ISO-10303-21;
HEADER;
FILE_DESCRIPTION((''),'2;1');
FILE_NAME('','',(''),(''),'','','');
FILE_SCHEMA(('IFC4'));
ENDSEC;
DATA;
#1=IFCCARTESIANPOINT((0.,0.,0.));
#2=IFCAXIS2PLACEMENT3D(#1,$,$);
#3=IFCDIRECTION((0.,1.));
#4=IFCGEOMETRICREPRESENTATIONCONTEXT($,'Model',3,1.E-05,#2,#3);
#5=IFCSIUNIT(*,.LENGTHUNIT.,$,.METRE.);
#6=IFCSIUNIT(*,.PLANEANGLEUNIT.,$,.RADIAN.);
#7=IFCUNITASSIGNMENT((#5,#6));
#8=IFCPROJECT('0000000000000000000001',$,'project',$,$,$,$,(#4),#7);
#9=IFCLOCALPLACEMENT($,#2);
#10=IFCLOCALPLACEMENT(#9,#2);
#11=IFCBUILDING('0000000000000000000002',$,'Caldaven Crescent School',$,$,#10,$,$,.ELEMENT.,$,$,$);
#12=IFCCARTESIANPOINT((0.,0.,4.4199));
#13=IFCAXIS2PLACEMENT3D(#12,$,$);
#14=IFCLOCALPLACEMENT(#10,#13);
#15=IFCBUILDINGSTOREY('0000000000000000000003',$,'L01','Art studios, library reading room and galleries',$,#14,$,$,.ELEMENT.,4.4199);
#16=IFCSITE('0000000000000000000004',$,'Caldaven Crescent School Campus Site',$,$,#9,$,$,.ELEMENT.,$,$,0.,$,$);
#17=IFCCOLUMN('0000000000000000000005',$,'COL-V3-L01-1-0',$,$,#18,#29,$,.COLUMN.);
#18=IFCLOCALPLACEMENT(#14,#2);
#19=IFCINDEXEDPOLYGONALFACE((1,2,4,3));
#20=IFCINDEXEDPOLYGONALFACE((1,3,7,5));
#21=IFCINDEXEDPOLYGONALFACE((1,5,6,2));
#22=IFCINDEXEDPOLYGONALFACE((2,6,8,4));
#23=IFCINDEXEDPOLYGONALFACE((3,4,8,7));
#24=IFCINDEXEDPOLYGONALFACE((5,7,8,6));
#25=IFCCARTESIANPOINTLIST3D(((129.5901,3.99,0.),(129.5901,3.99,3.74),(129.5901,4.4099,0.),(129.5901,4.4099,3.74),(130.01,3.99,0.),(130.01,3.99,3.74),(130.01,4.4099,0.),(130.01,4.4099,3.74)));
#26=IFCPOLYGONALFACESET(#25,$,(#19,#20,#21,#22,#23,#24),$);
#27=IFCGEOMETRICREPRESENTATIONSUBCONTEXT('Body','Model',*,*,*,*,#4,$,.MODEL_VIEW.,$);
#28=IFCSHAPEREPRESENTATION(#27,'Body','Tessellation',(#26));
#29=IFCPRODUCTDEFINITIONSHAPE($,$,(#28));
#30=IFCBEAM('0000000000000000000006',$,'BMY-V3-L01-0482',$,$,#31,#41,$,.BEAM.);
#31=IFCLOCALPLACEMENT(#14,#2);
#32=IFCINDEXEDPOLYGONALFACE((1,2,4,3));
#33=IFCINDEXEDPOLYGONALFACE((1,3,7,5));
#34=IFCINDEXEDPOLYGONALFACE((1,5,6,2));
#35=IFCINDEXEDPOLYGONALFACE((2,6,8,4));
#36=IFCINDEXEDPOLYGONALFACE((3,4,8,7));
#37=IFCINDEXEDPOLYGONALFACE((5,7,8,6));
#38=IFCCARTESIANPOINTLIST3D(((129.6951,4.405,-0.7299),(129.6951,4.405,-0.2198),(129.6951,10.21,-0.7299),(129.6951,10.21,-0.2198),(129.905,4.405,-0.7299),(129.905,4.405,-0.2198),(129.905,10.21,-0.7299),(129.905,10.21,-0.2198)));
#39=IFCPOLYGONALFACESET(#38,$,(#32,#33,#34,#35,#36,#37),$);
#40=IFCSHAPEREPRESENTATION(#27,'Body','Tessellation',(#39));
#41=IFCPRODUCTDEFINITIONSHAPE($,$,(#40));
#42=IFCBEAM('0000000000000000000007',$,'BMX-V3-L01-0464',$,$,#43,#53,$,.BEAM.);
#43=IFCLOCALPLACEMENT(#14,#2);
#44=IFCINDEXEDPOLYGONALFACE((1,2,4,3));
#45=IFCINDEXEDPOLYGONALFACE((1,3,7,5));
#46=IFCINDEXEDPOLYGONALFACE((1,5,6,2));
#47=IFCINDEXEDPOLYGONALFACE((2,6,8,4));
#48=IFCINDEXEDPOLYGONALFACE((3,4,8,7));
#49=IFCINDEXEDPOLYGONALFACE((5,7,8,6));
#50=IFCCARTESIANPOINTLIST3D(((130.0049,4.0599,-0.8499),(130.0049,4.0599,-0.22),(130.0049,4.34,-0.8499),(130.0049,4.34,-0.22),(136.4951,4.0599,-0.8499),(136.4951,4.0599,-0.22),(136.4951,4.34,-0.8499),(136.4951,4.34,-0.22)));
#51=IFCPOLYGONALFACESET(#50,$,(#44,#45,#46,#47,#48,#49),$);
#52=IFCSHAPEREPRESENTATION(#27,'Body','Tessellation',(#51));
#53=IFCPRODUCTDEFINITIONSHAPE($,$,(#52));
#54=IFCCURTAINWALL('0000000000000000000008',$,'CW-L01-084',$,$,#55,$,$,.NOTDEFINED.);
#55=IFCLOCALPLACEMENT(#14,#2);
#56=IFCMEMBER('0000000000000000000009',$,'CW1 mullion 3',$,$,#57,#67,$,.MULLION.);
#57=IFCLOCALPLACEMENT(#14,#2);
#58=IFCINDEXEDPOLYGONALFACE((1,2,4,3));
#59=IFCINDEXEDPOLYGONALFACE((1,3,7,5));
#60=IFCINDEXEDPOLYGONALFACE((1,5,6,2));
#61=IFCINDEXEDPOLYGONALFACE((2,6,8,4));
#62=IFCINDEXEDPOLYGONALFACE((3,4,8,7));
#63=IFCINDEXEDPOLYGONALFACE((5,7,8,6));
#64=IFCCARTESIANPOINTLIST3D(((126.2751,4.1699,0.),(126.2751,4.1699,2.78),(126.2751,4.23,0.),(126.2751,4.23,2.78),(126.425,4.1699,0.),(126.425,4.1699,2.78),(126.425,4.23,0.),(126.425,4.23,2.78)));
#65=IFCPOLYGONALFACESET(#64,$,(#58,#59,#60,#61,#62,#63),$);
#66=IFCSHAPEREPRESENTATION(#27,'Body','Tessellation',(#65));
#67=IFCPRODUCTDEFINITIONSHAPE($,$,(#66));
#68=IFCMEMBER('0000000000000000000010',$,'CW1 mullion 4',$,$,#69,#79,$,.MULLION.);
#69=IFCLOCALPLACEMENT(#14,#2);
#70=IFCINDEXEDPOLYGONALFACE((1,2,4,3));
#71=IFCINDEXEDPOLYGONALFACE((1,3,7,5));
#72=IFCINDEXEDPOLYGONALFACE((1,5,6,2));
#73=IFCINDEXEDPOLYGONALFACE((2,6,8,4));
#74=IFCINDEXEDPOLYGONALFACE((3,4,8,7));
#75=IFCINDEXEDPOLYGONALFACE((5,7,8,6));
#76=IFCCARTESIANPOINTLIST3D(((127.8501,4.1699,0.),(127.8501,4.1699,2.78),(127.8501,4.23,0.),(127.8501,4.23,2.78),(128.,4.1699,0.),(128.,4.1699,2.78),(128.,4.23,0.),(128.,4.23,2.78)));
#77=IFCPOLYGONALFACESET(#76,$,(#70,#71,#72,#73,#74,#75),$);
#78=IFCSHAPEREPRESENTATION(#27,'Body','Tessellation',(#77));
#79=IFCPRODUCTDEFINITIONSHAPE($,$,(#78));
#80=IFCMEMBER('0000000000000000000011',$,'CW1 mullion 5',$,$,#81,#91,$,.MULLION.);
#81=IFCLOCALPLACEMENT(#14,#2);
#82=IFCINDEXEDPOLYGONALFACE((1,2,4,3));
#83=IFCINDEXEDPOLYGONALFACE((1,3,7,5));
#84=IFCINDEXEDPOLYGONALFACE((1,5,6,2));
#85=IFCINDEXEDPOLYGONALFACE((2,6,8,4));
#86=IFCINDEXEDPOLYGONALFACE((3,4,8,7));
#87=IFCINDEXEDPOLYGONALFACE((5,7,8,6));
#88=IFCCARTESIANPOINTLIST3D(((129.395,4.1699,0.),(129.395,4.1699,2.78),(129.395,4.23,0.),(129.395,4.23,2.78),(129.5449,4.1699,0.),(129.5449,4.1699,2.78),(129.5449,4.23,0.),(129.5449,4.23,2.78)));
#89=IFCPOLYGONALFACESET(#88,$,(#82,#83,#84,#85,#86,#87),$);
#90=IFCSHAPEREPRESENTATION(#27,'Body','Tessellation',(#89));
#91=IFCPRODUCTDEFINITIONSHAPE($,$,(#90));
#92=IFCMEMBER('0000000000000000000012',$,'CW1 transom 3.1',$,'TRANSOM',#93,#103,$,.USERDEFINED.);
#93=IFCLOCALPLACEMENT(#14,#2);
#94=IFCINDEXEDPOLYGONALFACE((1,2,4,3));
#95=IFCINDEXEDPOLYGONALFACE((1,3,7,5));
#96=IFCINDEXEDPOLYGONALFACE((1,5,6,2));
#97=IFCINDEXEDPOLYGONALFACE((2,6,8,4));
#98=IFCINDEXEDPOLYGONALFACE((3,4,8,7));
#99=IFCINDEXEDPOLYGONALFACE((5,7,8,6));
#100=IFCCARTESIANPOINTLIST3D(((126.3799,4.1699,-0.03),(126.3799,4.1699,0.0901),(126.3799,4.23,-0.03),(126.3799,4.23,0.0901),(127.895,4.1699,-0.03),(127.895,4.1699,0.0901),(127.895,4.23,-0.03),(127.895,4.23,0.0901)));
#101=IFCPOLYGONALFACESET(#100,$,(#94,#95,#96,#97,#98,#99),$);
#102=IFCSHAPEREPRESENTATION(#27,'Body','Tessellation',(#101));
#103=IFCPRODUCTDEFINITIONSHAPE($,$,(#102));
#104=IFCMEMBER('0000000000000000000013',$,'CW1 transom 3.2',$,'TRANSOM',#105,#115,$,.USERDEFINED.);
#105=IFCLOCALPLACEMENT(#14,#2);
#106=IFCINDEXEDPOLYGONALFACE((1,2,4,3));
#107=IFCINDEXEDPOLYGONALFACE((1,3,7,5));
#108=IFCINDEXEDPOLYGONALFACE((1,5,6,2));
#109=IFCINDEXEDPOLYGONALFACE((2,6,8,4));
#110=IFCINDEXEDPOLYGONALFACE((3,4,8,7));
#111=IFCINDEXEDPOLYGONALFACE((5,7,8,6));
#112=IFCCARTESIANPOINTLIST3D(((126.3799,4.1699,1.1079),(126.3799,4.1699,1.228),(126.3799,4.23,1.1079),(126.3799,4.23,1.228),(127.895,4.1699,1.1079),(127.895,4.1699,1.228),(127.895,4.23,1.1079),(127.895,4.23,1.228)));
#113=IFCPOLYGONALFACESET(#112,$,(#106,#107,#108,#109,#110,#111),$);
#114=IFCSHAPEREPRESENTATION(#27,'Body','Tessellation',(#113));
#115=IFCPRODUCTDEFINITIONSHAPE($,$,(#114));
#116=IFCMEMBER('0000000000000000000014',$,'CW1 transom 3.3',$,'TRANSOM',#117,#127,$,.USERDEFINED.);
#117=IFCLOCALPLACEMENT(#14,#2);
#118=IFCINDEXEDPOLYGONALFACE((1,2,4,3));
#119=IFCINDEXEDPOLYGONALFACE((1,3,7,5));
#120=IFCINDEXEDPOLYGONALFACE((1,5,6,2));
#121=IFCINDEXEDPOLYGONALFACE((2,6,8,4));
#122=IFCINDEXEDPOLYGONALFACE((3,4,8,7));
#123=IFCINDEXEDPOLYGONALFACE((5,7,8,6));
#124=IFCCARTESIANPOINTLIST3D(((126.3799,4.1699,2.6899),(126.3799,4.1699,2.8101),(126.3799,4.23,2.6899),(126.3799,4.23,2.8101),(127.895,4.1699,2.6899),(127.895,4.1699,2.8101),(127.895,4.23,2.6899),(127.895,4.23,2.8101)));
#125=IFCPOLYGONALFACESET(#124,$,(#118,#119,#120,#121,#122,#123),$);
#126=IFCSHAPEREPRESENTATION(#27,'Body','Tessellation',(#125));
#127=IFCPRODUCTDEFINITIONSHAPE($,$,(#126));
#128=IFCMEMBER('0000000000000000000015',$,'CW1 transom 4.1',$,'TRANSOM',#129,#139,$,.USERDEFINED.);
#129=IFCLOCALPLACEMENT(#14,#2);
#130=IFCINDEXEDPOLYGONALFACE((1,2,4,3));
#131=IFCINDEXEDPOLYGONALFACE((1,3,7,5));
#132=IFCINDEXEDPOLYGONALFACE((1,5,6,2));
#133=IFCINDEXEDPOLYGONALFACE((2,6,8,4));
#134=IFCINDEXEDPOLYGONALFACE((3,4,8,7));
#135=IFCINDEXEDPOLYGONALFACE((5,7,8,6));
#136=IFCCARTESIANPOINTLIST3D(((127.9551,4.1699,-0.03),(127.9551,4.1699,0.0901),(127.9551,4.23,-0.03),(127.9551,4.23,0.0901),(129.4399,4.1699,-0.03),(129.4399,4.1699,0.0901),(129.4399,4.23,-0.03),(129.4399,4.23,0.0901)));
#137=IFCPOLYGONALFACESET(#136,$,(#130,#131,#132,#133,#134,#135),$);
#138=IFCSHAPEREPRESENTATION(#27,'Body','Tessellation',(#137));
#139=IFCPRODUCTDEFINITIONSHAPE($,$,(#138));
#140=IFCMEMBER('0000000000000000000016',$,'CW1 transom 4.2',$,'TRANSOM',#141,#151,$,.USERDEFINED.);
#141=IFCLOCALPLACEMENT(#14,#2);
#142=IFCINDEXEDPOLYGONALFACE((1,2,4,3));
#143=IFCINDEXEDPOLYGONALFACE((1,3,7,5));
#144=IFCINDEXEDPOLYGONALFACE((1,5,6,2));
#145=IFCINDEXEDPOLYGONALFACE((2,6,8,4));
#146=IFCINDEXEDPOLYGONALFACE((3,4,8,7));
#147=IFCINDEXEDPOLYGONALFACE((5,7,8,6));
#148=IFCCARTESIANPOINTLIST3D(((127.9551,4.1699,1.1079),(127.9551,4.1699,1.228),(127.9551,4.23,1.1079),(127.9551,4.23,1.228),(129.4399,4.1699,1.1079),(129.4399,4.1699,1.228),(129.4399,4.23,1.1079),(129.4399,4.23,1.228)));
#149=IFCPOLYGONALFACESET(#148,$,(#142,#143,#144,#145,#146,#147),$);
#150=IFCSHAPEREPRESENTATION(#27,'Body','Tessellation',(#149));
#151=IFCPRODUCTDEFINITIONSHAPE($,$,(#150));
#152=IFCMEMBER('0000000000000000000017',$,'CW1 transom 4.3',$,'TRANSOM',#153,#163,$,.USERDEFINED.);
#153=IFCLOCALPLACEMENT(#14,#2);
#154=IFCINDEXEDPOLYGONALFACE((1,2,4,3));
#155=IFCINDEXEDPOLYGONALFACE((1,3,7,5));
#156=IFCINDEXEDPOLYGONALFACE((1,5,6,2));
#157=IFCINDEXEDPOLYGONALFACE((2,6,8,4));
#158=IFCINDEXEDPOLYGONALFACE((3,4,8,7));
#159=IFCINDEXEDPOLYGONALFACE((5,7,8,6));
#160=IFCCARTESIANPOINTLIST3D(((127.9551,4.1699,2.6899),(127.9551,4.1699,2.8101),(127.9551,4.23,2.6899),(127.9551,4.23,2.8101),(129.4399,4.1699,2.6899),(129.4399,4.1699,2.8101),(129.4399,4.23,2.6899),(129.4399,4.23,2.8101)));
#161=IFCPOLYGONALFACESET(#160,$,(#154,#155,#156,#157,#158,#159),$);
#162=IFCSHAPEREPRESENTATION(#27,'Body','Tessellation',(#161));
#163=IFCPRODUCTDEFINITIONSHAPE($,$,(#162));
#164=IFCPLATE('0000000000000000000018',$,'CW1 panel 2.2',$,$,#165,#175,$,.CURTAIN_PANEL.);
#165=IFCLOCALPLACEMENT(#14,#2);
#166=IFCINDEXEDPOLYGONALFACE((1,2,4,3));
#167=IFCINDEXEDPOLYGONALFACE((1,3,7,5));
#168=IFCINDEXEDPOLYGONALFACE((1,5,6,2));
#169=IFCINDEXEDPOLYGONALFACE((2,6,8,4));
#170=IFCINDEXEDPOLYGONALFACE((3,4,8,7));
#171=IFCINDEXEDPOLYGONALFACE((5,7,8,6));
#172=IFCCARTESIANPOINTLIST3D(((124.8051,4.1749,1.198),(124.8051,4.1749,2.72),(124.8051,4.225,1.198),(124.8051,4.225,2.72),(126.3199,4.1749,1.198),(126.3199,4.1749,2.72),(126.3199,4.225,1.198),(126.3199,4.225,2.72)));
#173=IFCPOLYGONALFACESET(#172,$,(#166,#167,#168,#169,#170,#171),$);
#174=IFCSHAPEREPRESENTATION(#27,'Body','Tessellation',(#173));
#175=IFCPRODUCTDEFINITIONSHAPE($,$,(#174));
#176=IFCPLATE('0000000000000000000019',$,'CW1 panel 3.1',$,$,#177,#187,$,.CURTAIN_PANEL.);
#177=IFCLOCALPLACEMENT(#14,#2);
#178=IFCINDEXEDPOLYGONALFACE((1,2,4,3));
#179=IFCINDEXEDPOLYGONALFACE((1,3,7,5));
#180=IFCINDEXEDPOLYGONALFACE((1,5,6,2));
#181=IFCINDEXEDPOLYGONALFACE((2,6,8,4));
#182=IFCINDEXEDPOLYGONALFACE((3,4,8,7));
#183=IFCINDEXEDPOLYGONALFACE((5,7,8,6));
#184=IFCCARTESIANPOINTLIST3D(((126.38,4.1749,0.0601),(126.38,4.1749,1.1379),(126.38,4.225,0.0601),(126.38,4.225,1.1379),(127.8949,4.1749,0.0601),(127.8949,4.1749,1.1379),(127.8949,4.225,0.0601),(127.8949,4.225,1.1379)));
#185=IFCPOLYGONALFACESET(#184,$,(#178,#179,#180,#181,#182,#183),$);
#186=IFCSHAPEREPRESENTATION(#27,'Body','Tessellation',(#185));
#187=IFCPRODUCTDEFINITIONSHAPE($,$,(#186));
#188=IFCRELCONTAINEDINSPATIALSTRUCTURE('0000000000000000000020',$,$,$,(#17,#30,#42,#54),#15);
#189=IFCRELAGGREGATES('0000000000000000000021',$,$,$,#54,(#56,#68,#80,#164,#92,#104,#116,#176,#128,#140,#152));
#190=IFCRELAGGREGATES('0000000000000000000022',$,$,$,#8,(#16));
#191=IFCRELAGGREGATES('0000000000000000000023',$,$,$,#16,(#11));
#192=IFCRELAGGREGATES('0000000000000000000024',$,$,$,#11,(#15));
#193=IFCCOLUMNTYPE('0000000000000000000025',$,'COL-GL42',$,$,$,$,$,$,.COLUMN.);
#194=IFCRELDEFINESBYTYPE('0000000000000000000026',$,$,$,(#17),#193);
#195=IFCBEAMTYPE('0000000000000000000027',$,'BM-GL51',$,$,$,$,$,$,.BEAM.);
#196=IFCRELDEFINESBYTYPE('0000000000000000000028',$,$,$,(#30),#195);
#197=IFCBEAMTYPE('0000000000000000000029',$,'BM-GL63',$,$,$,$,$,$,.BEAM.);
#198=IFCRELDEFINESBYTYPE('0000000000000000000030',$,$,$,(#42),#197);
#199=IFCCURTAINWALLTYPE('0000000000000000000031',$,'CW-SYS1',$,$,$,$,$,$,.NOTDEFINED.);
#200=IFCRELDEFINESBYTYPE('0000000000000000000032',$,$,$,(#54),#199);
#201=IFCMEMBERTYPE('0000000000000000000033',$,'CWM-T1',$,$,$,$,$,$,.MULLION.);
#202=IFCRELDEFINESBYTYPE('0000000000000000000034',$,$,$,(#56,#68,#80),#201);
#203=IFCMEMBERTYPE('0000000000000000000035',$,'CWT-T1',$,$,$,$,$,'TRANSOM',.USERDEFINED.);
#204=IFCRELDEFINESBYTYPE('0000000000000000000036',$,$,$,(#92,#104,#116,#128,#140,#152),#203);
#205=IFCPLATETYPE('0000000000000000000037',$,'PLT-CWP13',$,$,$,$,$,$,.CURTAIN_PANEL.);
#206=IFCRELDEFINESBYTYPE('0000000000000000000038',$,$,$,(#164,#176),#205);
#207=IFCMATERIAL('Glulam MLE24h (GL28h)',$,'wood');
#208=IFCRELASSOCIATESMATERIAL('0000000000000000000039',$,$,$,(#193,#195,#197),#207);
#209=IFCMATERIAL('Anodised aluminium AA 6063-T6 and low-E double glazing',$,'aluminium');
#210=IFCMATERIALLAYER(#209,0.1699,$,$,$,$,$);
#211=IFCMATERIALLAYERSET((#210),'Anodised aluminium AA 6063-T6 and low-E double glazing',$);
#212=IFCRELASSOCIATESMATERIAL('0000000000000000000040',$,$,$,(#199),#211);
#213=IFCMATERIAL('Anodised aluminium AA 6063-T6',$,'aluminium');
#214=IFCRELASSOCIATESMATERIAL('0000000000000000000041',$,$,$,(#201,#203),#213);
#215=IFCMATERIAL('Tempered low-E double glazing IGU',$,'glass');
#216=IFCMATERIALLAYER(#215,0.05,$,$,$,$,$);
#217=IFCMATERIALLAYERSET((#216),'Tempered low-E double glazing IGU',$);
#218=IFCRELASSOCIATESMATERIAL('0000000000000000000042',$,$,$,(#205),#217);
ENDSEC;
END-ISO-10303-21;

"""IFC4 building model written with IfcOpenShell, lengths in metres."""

from ifc_helpers import new_model, si_unit, direction, frame, origin, origin_2d, place, context, subcontext, project, spatial, rectangle, extrude, material, layer, layer_set, material_profile, profile_set, type_object, element, aggregate, save


model = new_model("IFC4")

# Units and contexts
model_context = context("Model", 3, precision=1e-05, world=origin(), true_north=direction((0.0, 1.0)))
body_context = subcontext(model_context, "Body", "Model", "MODEL_VIEW")
ifc_project = project(units=[si_unit("LENGTHUNIT", "METRE"), si_unit("PLANEANGLEUNIT", "RADIAN")], contexts=[model_context])

# Site, building, storey
site_placement = place(None, origin())
site = spatial("IfcSite", under=ifc_project, at=site_placement, Name="Caldaven Crescent School Campus Site", CompositionType="ELEMENT", RefElevation=0.0)
building_placement = place(site_placement, origin())
building = spatial("IfcBuilding", under=site, at=building_placement, Name="Caldaven Crescent School", CompositionType="ELEMENT")
storey_placement = place(building_placement, frame((0.0, 0.0, 4.4199)))
storey = spatial("IfcBuildingStorey", under=building, at=storey_placement, Name="L01", Description="Art studios, library reading room and galleries", CompositionType="ELEMENT", Elevation=4.4199)

# Column
ifc_material_1 = material(Name="Glulam MLE24h (GL28h)", Category="wood")
ifc_material_profile_1 = material_profile(ifc_material_1, rectangle(XDim=0.4199, YDim=0.4199, at=origin_2d()), Name="MLE 420x420")
ifc_profile_set_1 = profile_set([ifc_material_profile_1], Name="Glulam MLE24h (GL28h)")
column_type = type_object("IfcColumnType", Name="COL-GL42", PredefinedType="COLUMN", material=ifc_profile_set_1)
column_placement = place(storey_placement, frame((129.8, 4.2, 0.0), z_axis=(0.0, 0.0, 1.0), x_axis=(1.0, 0.0, 0.0)))
element("IfcColumn", 1, at=column_placement, inside=storey, type_object=column_type, Name="COL-V3-L01-1-0", PredefinedType="COLUMN", context=body_context, shape_type="SweptSolid", body=[
    extrude(rectangle(XDim=0.4199, YDim=0.4199, at=origin_2d()), origin(), (0.0, 0.0, 1.0), 3.74),
])

# Beams
ifc_material_profile_2 = material_profile(ifc_material_1, rectangle(XDim=0.21, YDim=0.51, at=origin_2d()), Name="MLE 210x510")
ifc_profile_set_2 = profile_set([ifc_material_profile_2], Name="Glulam MLE24h (GL28h)")
beam_type_1 = type_object("IfcBeamType", Name="BM-GL51", PredefinedType="BEAM", material=ifc_profile_set_2)
beam_1_placement = place(storey_placement, frame((129.8, 4.405, -0.4749), z_axis=(0.0, 1.0, 0.0), x_axis=(-1.0, 0.0, 0.0)))
element("IfcBeam", 2, at=beam_1_placement, inside=storey, type_object=beam_type_1, Name="BMY-V3-L01-0482", PredefinedType="BEAM", context=body_context, shape_type="SweptSolid", body=[
    extrude(rectangle(XDim=0.21, YDim=0.51, at=origin_2d()), origin(), (0.0, 0.0, 1.0), 5.8049),
])
ifc_material_profile_3 = material_profile(ifc_material_1, rectangle(XDim=0.28, YDim=0.6299, at=origin_2d()), Name="MLE 280x630")
ifc_profile_set_3 = profile_set([ifc_material_profile_3], Name="Glulam MLE24h (GL28h)")
beam_type_2 = type_object("IfcBeamType", Name="BM-GL63", PredefinedType="BEAM", material=ifc_profile_set_3)
beam_2_placement = place(storey_placement, frame((130.0049, 4.2, -0.5349), z_axis=(1.0, 0.0, 0.0), x_axis=(0.0, 1.0, 0.0)))
element("IfcBeam", 3, at=beam_2_placement, inside=storey, type_object=beam_type_2, Name="BMX-V3-L01-0464", PredefinedType="BEAM", context=body_context, shape_type="SweptSolid", body=[
    extrude(rectangle(XDim=0.28, YDim=0.6299, at=origin_2d()), origin(), (0.0, 0.0, 1.0), 6.4902),
])

# Curtain wall, members, plates
ifc_material_2 = material(Name="Anodised aluminium AA 6063-T6 and low-E double glazing", Category="aluminium")
ifc_layer_1 = layer(ifc_material_2, 0.1699)
ifc_layer_set_1 = layer_set([ifc_layer_1], Name="Anodised aluminium AA 6063-T6 and low-E double glazing")
curtain_wall_type = type_object("IfcCurtainWallType", Name="CW-SYS1", PredefinedType="NOTDEFINED", material=ifc_layer_set_1)
curtain_wall_placement = place(storey_placement, origin())
curtain_wall = element("IfcCurtainWall", 4, at=curtain_wall_placement, inside=storey, type_object=curtain_wall_type, Name="CW-L01-084", PredefinedType="NOTDEFINED")
ifc_material_3 = material(Name="Anodised aluminium AA 6063-T6", Category="aluminium")
ifc_material_profile_4 = material_profile(ifc_material_3, rectangle(XDim=0.0601, YDim=0.1499, at=origin_2d()), Name="CWM 60x150")
ifc_profile_set_4 = profile_set([ifc_material_profile_4], Name="Anodised aluminium AA 6063-T6")
member_type_1 = type_object("IfcMemberType", Name="CWM-T1", PredefinedType="MULLION", material=ifc_profile_set_4)
member_1_placement = place(storey_placement, frame((126.3501, 4.2, 0.0), z_axis=(0.0, 0.0, 1.0), x_axis=(0.0, 1.0, 0.0)))
member_1 = element("IfcMember", 5, at=member_1_placement, type_object=member_type_1, Name="CW1 mullion 3", PredefinedType="MULLION", context=body_context, shape_type="SweptSolid", body=[
    extrude(rectangle(XDim=0.0601, YDim=0.1499, at=origin_2d()), origin(), (0.0, 0.0, 1.0), 2.78),
])
member_2_placement = place(storey_placement, frame((127.925, 4.2, 0.0), z_axis=(0.0, 0.0, 1.0), x_axis=(0.0, 1.0, 0.0)))
member_2 = element("IfcMember", 6, at=member_2_placement, type_object=member_type_1, Name="CW1 mullion 4", PredefinedType="MULLION", context=body_context, shape_type="SweptSolid", body=[
    extrude(rectangle(XDim=0.0601, YDim=0.1499, at=origin_2d()), origin(), (0.0, 0.0, 1.0), 2.78),
])
member_3_placement = place(storey_placement, frame((129.47, 4.2, 0.0), z_axis=(0.0, 0.0, 1.0), x_axis=(0.0, 1.0, 0.0)))
member_3 = element("IfcMember", 7, at=member_3_placement, type_object=member_type_1, Name="CW1 mullion 5", PredefinedType="MULLION", context=body_context, shape_type="SweptSolid", body=[
    extrude(rectangle(XDim=0.0601, YDim=0.1499, at=origin_2d()), origin(), (0.0, 0.0, 1.0), 2.78),
])
ifc_material_profile_5 = material_profile(ifc_material_3, rectangle(XDim=0.0601, YDim=0.1201, at=origin_2d()), Name="CWT 60x120")
ifc_profile_set_5 = profile_set([ifc_material_profile_5], Name="Anodised aluminium AA 6063-T6")
member_type_2 = type_object("IfcMemberType", Name="CWT-T1", ElementType="TRANSOM", PredefinedType="USERDEFINED", material=ifc_profile_set_5)
member_4_placement = place(storey_placement, frame((126.3799, 4.2, 0.03), z_axis=(1.0, 0.0, 0.0), x_axis=(0.0, 1.0, 0.0)))
member_4 = element("IfcMember", 8, at=member_4_placement, type_object=member_type_2, Name="CW1 transom 3.1", ObjectType="TRANSOM", PredefinedType="USERDEFINED", context=body_context, shape_type="SweptSolid", body=[
    extrude(rectangle(XDim=0.0601, YDim=0.1201, at=origin_2d()), origin(), (0.0, 0.0, 1.0), 1.5151),
])
member_5_placement = place(storey_placement, frame((126.3799, 4.2, 1.168), z_axis=(1.0, 0.0, 0.0), x_axis=(0.0, 1.0, 0.0)))
member_5 = element("IfcMember", 9, at=member_5_placement, type_object=member_type_2, Name="CW1 transom 3.2", ObjectType="TRANSOM", PredefinedType="USERDEFINED", context=body_context, shape_type="SweptSolid", body=[
    extrude(rectangle(XDim=0.0601, YDim=0.1201, at=origin_2d()), origin(), (0.0, 0.0, 1.0), 1.5151),
])
member_6_placement = place(storey_placement, frame((126.3799, 4.2, 2.75), z_axis=(1.0, 0.0, 0.0), x_axis=(0.0, 1.0, 0.0)))
member_6 = element("IfcMember", 10, at=member_6_placement, type_object=member_type_2, Name="CW1 transom 3.3", ObjectType="TRANSOM", PredefinedType="USERDEFINED", context=body_context, shape_type="SweptSolid", body=[
    extrude(rectangle(XDim=0.0601, YDim=0.1201, at=origin_2d()), origin(), (0.0, 0.0, 1.0), 1.5151),
])
member_7_placement = place(storey_placement, frame((127.9551, 4.2, 0.03), z_axis=(1.0, 0.0, 0.0), x_axis=(0.0, 1.0, 0.0)))
member_7 = element("IfcMember", 11, at=member_7_placement, type_object=member_type_2, Name="CW1 transom 4.1", ObjectType="TRANSOM", PredefinedType="USERDEFINED", context=body_context, shape_type="SweptSolid", body=[
    extrude(rectangle(XDim=0.0601, YDim=0.1201, at=origin_2d()), origin(), (0.0, 0.0, 1.0), 1.4849),
])
member_8_placement = place(storey_placement, frame((127.9551, 4.2, 1.168), z_axis=(1.0, 0.0, 0.0), x_axis=(0.0, 1.0, 0.0)))
member_8 = element("IfcMember", 12, at=member_8_placement, type_object=member_type_2, Name="CW1 transom 4.2", ObjectType="TRANSOM", PredefinedType="USERDEFINED", context=body_context, shape_type="SweptSolid", body=[
    extrude(rectangle(XDim=0.0601, YDim=0.1201, at=origin_2d()), origin(), (0.0, 0.0, 1.0), 1.4849),
])
member_9_placement = place(storey_placement, frame((127.9551, 4.2, 2.75), z_axis=(1.0, 0.0, 0.0), x_axis=(0.0, 1.0, 0.0)))
member_9 = element("IfcMember", 13, at=member_9_placement, type_object=member_type_2, Name="CW1 transom 4.3", ObjectType="TRANSOM", PredefinedType="USERDEFINED", context=body_context, shape_type="SweptSolid", body=[
    extrude(rectangle(XDim=0.0601, YDim=0.1201, at=origin_2d()), origin(), (0.0, 0.0, 1.0), 1.4849),
])
ifc_material_4 = material(Name="Tempered low-E double glazing IGU", Category="glass")
ifc_layer_2 = layer(ifc_material_4, 0.05)
ifc_layer_set_2 = layer_set([ifc_layer_2], Name="Tempered low-E double glazing IGU")
plate_type = type_object("IfcPlateType", Name="PLT-CWP13", PredefinedType="CURTAIN_PANEL", material=ifc_layer_set_2)
plate_1_placement = place(storey_placement, frame((125.5625, 4.2, 1.198), z_axis=(0.0, 0.0, 1.0), x_axis=(1.0, 0.0, 0.0)))
plate_1 = element("IfcPlate", 14, at=plate_1_placement, type_object=plate_type, Name="CW1 panel 2.2", PredefinedType="CURTAIN_PANEL", context=body_context, shape_type="SweptSolid", body=[
    extrude(rectangle(XDim=1.5149, YDim=0.05, at=origin_2d()), origin(), (0.0, 0.0, 1.0), 1.522),
])
plate_2_placement = place(storey_placement, frame((127.1375, 4.2, 0.0601), z_axis=(0.0, 0.0, 1.0), x_axis=(1.0, 0.0, 0.0)))
plate_2 = element("IfcPlate", 15, at=plate_2_placement, type_object=plate_type, Name="CW1 panel 3.1", PredefinedType="CURTAIN_PANEL", context=body_context, shape_type="SweptSolid", body=[
    extrude(rectangle(XDim=1.5149, YDim=0.05, at=origin_2d()), origin(), (0.0, 0.0, 1.0), 1.0779),
])
aggregate(curtain_wall, [member_1, member_2, member_3, plate_1, member_4, member_5, member_6, plate_2, member_7, member_8, member_9])

save(model, "model.ifc")
